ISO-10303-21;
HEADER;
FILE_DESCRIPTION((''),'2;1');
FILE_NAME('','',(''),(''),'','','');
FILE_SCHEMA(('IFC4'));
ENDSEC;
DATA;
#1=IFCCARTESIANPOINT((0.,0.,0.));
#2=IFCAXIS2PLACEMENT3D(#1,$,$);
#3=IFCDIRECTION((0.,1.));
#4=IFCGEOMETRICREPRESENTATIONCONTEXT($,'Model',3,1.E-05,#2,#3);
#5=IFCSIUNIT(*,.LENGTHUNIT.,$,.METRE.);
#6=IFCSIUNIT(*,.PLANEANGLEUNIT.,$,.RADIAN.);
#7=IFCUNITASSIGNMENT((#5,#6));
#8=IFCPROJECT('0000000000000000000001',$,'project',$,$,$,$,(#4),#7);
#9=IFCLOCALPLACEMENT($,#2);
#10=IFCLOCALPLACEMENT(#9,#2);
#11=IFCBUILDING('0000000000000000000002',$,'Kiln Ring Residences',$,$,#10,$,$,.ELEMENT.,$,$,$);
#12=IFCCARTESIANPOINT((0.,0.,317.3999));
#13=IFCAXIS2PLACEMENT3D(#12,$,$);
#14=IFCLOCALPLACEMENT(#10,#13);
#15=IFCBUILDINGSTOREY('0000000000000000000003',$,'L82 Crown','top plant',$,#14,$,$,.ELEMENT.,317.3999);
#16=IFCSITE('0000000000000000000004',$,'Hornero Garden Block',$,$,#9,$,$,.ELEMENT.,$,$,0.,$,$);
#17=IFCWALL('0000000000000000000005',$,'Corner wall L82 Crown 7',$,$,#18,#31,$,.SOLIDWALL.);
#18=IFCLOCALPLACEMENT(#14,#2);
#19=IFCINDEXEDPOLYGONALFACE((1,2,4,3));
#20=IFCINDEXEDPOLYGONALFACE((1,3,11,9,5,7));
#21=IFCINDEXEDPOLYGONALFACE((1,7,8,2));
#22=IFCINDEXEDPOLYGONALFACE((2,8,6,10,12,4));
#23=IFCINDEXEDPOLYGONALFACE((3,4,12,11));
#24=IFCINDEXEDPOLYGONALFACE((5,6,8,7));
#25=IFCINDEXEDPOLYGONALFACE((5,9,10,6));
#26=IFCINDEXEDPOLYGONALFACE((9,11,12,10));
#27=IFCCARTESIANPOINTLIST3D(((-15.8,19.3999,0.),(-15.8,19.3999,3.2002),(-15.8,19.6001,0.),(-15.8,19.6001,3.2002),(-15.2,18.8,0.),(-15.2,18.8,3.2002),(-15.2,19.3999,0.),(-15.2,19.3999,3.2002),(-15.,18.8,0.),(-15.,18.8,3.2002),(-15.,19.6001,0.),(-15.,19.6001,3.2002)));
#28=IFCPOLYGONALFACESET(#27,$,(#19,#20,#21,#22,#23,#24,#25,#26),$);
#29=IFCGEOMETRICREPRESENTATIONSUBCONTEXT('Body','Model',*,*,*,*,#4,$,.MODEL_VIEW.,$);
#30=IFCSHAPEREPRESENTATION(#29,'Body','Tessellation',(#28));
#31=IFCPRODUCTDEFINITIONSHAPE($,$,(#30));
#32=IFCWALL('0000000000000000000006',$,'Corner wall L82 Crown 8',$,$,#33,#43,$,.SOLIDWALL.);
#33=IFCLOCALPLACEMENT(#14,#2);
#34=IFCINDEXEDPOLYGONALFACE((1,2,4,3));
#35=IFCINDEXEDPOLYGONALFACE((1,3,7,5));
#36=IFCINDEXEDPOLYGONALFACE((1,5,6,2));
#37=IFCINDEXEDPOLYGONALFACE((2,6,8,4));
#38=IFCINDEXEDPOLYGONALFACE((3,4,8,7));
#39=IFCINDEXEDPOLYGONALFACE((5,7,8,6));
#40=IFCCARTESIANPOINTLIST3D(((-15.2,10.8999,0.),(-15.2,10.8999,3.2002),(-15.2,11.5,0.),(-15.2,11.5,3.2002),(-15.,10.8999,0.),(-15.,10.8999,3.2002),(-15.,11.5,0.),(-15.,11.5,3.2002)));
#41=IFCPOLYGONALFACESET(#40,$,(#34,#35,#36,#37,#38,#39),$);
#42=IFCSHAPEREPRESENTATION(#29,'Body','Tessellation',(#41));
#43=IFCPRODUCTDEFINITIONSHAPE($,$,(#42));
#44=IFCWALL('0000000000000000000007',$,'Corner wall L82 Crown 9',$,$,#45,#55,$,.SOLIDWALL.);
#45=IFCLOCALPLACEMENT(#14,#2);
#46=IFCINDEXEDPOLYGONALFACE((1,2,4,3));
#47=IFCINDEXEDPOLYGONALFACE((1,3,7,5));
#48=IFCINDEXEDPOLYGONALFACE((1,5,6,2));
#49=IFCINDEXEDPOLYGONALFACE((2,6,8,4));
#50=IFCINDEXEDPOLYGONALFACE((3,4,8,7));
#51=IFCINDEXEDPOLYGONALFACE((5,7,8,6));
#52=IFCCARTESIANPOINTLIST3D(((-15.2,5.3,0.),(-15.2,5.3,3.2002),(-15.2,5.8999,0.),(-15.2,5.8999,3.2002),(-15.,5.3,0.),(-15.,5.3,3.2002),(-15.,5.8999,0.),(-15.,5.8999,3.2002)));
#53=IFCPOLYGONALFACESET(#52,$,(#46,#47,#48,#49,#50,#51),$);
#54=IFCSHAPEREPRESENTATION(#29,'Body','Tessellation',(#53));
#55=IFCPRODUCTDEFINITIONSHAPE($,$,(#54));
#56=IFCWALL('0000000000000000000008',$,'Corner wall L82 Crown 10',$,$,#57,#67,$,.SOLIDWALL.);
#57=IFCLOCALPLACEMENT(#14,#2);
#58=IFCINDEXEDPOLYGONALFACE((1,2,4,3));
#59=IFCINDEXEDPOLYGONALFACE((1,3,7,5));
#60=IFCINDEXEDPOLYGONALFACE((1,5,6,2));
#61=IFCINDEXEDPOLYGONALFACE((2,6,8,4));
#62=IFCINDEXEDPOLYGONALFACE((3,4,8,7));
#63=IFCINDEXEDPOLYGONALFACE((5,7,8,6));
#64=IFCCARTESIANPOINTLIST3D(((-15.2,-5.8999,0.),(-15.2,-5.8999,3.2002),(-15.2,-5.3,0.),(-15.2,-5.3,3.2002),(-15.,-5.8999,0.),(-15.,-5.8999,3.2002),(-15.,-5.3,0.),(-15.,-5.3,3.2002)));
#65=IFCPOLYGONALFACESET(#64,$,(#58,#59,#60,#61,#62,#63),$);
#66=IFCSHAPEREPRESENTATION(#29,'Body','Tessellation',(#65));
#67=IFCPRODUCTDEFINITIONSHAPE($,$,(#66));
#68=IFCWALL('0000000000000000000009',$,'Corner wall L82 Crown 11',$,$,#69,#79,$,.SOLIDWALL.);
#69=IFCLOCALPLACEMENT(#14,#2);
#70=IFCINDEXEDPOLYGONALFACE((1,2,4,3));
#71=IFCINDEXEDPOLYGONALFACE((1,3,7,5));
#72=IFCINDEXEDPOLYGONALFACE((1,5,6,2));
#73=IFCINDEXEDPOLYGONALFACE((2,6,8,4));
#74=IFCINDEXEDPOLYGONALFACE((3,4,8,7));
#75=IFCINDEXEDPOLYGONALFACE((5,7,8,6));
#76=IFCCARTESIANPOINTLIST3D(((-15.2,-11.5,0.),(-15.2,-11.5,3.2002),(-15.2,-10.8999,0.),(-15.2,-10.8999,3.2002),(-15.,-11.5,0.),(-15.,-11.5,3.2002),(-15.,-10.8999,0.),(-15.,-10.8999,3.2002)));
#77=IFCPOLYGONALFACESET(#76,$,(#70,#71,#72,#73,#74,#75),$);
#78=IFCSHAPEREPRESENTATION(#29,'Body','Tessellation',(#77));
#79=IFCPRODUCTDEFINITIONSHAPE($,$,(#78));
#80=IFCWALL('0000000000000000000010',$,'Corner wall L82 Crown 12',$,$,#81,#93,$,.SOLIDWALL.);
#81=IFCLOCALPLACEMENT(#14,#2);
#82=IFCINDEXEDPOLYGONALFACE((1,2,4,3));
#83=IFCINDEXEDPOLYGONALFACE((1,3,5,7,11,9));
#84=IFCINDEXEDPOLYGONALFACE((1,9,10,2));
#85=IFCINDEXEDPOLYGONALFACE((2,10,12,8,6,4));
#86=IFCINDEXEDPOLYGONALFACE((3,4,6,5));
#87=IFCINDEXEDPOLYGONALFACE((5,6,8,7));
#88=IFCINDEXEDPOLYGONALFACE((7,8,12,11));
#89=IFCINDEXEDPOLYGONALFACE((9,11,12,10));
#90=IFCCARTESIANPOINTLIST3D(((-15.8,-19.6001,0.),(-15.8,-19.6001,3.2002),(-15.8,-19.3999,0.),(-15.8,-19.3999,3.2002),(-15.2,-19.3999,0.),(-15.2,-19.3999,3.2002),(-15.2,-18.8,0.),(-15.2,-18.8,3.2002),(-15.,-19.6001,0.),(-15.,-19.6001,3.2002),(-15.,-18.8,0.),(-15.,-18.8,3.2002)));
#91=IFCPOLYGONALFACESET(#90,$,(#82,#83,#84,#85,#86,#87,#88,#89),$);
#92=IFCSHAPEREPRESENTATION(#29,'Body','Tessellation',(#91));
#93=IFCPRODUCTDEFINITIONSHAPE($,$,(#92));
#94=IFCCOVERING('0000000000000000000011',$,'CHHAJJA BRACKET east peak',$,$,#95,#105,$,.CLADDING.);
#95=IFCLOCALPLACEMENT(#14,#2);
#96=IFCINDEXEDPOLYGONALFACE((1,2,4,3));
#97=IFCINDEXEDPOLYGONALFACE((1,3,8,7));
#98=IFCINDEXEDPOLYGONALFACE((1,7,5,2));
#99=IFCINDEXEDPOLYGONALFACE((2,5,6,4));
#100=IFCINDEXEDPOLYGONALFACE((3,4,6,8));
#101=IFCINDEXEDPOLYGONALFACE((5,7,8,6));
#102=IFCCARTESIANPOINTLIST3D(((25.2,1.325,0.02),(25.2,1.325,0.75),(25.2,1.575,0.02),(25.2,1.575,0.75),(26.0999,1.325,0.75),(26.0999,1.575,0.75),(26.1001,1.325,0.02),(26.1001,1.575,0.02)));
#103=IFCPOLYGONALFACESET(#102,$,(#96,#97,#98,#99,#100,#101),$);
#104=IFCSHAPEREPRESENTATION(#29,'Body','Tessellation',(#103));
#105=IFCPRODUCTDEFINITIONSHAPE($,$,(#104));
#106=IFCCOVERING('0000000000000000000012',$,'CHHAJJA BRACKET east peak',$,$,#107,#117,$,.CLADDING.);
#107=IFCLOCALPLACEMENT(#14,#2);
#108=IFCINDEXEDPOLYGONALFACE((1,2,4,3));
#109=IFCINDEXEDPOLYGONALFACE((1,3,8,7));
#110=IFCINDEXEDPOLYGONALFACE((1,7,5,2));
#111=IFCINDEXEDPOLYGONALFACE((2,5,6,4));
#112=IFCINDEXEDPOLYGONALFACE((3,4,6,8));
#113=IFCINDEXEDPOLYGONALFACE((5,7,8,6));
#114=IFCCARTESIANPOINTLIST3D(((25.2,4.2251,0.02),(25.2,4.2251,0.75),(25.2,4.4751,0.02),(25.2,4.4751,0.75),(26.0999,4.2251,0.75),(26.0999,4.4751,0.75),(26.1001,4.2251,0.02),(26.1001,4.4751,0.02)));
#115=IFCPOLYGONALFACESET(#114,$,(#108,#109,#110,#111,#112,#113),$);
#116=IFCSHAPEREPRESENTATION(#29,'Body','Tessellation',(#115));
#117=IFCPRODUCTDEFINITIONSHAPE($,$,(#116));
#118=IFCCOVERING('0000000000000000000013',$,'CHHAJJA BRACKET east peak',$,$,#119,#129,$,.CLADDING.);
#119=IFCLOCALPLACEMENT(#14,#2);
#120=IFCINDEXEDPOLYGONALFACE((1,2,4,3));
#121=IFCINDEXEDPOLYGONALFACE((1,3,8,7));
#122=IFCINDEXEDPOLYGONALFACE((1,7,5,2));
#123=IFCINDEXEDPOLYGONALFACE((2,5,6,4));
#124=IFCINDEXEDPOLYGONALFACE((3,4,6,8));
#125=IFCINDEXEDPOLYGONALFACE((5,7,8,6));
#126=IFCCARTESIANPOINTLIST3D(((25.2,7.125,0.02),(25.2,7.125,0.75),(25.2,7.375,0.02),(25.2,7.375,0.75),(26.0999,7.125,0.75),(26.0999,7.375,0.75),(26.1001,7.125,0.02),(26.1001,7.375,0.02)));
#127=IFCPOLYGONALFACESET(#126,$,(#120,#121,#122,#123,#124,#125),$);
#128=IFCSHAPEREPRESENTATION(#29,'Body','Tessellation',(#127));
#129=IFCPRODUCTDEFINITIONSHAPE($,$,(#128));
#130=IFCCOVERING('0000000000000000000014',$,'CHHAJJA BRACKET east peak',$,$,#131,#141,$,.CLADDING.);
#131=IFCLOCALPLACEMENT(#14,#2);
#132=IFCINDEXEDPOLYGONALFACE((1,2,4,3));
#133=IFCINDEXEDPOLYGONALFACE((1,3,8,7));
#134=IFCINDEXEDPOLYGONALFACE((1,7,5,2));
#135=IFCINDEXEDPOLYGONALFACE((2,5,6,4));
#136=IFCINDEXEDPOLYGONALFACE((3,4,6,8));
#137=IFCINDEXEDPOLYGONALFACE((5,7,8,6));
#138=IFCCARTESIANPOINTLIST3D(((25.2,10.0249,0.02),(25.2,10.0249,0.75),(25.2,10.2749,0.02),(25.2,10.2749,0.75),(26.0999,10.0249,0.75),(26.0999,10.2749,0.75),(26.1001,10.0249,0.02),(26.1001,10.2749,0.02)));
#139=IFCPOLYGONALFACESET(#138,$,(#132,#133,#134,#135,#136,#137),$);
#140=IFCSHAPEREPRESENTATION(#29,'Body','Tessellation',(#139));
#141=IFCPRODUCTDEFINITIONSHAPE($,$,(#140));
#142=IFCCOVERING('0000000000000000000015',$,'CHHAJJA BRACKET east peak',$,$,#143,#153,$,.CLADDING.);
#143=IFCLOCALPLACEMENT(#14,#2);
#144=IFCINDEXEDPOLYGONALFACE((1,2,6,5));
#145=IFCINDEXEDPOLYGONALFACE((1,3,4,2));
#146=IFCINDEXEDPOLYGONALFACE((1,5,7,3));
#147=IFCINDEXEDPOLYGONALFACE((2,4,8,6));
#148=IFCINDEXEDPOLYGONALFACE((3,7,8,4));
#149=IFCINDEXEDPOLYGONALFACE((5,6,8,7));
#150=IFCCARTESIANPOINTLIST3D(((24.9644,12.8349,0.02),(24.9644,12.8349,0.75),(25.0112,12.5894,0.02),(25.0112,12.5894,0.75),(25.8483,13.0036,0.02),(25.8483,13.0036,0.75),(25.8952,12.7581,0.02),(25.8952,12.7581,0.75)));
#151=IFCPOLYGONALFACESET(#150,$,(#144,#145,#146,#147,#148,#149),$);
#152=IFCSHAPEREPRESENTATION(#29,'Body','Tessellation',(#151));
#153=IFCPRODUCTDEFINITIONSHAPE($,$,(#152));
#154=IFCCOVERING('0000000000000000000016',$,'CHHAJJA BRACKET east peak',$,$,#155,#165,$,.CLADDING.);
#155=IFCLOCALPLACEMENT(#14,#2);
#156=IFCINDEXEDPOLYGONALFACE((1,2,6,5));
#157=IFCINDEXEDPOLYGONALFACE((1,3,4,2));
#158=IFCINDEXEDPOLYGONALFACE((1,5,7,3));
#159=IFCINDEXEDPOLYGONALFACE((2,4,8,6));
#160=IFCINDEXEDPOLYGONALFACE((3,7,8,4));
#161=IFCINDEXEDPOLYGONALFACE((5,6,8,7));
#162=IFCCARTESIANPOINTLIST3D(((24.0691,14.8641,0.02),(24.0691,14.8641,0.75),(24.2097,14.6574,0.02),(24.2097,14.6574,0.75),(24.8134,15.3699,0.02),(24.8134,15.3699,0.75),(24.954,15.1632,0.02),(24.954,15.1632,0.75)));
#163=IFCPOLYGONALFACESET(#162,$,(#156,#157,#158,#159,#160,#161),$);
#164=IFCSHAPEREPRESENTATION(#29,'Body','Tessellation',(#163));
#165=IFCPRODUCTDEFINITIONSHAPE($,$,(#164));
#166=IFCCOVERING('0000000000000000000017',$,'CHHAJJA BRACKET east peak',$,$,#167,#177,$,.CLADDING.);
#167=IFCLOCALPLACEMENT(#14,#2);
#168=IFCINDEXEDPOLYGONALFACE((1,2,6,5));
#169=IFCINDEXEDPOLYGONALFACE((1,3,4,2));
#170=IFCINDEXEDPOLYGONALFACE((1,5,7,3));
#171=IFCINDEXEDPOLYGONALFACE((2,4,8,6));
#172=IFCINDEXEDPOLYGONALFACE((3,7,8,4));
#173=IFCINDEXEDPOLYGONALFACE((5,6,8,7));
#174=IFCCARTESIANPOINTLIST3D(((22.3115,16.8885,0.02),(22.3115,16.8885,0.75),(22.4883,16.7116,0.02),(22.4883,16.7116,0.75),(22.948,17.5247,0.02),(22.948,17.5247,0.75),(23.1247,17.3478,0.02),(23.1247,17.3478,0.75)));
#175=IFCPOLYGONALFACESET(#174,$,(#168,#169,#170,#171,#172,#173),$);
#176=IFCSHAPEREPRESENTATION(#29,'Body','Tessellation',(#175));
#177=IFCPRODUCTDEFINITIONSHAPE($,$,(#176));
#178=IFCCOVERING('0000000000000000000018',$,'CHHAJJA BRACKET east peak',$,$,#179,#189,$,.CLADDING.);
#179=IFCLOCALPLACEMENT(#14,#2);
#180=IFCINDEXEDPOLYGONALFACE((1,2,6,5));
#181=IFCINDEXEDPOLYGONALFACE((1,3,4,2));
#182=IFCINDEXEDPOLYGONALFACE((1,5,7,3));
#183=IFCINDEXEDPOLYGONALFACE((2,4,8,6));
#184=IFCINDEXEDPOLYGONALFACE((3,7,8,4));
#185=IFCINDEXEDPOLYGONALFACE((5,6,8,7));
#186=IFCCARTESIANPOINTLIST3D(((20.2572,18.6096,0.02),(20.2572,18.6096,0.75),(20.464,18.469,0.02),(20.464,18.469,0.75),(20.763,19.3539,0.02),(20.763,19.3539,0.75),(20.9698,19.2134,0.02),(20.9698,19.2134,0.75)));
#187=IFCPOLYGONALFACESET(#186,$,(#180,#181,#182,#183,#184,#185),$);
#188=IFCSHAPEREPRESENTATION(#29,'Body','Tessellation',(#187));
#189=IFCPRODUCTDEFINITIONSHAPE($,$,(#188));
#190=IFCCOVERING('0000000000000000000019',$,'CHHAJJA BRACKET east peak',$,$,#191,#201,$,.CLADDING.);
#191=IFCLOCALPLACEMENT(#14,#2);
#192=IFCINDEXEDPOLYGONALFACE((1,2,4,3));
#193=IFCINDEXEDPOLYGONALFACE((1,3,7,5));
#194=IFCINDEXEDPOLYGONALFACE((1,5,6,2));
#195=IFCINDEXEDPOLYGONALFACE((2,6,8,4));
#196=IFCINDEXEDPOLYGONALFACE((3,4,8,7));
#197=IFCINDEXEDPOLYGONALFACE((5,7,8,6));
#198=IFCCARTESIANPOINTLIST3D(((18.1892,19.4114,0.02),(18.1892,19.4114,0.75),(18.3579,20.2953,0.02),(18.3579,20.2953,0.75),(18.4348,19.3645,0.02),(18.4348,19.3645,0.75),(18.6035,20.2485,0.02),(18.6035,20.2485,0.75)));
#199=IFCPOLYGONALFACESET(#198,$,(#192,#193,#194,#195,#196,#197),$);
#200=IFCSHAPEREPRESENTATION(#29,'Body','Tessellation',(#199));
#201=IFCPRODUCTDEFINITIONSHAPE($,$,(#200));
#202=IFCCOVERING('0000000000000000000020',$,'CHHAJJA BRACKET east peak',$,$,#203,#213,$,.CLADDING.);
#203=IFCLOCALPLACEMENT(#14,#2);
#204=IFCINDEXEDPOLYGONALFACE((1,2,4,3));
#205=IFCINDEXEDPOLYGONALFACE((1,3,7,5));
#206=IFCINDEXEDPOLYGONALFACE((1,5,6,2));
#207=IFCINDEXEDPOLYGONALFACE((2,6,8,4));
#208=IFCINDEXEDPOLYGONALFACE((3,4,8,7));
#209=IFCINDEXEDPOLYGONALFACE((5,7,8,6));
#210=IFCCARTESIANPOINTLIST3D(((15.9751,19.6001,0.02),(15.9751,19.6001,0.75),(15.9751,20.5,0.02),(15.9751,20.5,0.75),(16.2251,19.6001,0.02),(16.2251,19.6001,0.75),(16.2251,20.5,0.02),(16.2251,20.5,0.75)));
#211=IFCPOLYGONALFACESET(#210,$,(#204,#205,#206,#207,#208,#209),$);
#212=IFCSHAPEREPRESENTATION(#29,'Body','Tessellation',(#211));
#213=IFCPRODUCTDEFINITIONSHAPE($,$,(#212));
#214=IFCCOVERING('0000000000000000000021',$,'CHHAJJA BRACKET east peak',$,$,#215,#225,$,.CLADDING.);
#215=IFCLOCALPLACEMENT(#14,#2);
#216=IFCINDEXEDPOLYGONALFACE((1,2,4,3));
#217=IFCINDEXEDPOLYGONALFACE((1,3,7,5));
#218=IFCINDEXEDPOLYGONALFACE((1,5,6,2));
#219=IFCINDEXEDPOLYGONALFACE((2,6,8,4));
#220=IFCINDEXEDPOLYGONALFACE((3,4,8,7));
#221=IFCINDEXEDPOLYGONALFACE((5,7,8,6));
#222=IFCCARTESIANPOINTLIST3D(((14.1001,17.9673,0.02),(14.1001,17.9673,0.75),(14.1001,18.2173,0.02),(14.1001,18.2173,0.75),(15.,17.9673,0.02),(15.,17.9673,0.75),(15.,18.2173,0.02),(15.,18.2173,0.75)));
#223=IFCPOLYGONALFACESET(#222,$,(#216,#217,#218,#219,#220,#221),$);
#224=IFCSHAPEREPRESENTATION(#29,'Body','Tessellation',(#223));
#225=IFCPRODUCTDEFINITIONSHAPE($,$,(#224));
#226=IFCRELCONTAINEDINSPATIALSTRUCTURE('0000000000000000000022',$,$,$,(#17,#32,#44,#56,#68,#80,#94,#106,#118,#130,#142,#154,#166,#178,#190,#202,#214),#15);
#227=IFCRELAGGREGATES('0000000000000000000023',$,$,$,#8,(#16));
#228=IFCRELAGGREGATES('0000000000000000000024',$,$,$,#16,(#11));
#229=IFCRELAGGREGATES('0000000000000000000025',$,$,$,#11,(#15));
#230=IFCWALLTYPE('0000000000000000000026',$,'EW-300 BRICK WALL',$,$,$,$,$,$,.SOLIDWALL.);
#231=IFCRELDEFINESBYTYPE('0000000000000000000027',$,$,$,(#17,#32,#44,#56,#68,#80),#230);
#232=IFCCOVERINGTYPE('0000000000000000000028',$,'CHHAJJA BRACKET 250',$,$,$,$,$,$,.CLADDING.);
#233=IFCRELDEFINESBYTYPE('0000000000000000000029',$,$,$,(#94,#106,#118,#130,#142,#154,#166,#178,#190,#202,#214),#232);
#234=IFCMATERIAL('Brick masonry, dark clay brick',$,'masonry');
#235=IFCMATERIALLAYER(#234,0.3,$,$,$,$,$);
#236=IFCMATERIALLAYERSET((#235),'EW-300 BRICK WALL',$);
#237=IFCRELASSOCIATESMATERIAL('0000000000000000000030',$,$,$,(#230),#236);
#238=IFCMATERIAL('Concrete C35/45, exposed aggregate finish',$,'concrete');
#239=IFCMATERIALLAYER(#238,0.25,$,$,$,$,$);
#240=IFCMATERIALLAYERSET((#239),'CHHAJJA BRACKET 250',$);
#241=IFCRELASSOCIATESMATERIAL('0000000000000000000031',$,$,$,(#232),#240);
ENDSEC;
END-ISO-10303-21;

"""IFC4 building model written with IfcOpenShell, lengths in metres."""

from ifc_helpers import new_model, si_unit, direction, frame, origin, place, context, subcontext, project, spatial, polyline, outline, extrude, material, layer, layer_set, type_object, element, save


model = new_model("IFC4")

# Units and contexts
model_context = context("Model", 3, precision=1e-05, world=origin(), true_north=direction((0.0, 1.0)))
body_context = subcontext(model_context, "Body", "Model", "MODEL_VIEW")
ifc_project = project(units=[si_unit("LENGTHUNIT", "METRE"), si_unit("PLANEANGLEUNIT", "RADIAN")], contexts=[model_context])

# Site, building, storey
site_placement = place(None, origin())
site = spatial("IfcSite", under=ifc_project, at=site_placement, Name="Hornero Garden Block", CompositionType="ELEMENT", RefElevation=0.0)
building_placement = place(site_placement, origin())
building = spatial("IfcBuilding", under=site, at=building_placement, Name="Kiln Ring Residences", CompositionType="ELEMENT")
storey_placement = place(building_placement, frame((0.0, 0.0, 317.3999)))
storey = spatial("IfcBuildingStorey", under=building, at=storey_placement, Name="L82 Crown", Description="top plant", CompositionType="ELEMENT", Elevation=317.3999)

# Walls
ifc_material_1 = material(Name="Brick masonry, dark clay brick", Category="masonry")
ifc_layer_1 = layer(ifc_material_1, 0.3)
ifc_layer_set_1 = layer_set([ifc_layer_1], Name="EW-300 BRICK WALL")
wall_type = type_object("IfcWallType", Name="EW-300 BRICK WALL", PredefinedType="SOLIDWALL", material=ifc_layer_set_1)
placement = place(storey_placement, origin())
element("IfcWall", 1, at=placement, inside=storey, type_object=wall_type, Name="Corner wall L82 Crown 7", PredefinedType="SOLIDWALL", context=body_context, shape_type="SweptSolid", body=[
    extrude(outline(polyline([(-15.0, 18.8), (-15.0, 19.6001), (-15.8, 19.6001), (-15.8, 19.3999), (-15.2, 19.3999), (-15.2, 18.8), (-15.0, 18.8)])), origin(), (0.0, 0.0, 1.0), 3.2002),
])
element("IfcWall", 2, at=placement, inside=storey, type_object=wall_type, Name="Corner wall L82 Crown 8", PredefinedType="SOLIDWALL", context=body_context, shape_type="SweptSolid", body=[
    extrude(outline(polyline([(-15.2, 10.8999), (-15.0, 10.8999), (-15.0, 11.5), (-15.2, 11.5), (-15.2, 10.8999)])), origin(), (0.0, 0.0, 1.0), 3.2002),
])
element("IfcWall", 3, at=placement, inside=storey, type_object=wall_type, Name="Corner wall L82 Crown 9", PredefinedType="SOLIDWALL", context=body_context, shape_type="SweptSolid", body=[
    extrude(outline(polyline([(-15.2, 5.3), (-15.0, 5.3), (-15.0, 5.8999), (-15.3, 5.8999), (-15.2, 5.8999), (-15.2, 5.3)])), origin(), (0.0, 0.0, 1.0), 3.2002),
])
element("IfcWall", 4, at=placement, inside=storey, type_object=wall_type, Name="Corner wall L82 Crown 10", PredefinedType="SOLIDWALL", context=body_context, shape_type="SweptSolid", body=[
    extrude(outline(polyline([(-15.3, -5.8999), (-15.0, -5.8999), (-15.0, -5.3), (-15.3, -5.3), (-15.2, -5.3), (-15.2, -5.8999), (-15.3, -5.8999)])), origin(), (0.0, 0.0, 1.0), 3.2002),
])
element("IfcWall", 5, at=placement, inside=storey, type_object=wall_type, Name="Corner wall L82 Crown 11", PredefinedType="SOLIDWALL", context=body_context, shape_type="SweptSolid", body=[
    extrude(outline(polyline([(-15.2, -11.5), (-15.0, -11.5), (-15.0, -10.8999), (-15.2, -10.8999), (-15.2, -11.5)])), origin(), (0.0, 0.0, 1.0), 3.2002),
])
element("IfcWall", 6, at=placement, inside=storey, type_object=wall_type, Name="Corner wall L82 Crown 12", PredefinedType="SOLIDWALL", context=body_context, shape_type="SweptSolid", body=[
    extrude(outline(polyline([(-15.8, -19.6001), (-15.0, -19.6001), (-15.0, -18.8), (-15.2, -18.8), (-15.2, -19.3999), (-15.8, -19.3999), (-15.8, -19.6001)])), origin(), (0.0, 0.0, 1.0), 3.2002),
])

# Coverings
ifc_material_2 = material(Name="Concrete C35/45, exposed aggregate finish", Category="concrete")
ifc_layer_2 = layer(ifc_material_2, 0.25)
ifc_layer_set_2 = layer_set([ifc_layer_2], Name="CHHAJJA BRACKET 250")
covering_type = type_object("IfcCoveringType", Name="CHHAJJA BRACKET 250", PredefinedType="CLADDING", material=ifc_layer_set_2)
for number, where, z_axis, x_axis, name in (
    (7, (25.2, 1.45, 0.02), (0.0, 0.0, 1.0), (1.0, 0.0, 0.0), "CHHAJJA BRACKET east peak"),
    (8, (25.2, 4.3501, 0.02), (0.0, 0.0, 1.0), (1.0, 0.0, 0.0), "CHHAJJA BRACKET east peak"),
    (9, (25.2, 7.25, 0.02), (0.0, 0.0, 1.0), (1.0, 0.0, 0.0), "CHHAJJA BRACKET east peak"),
    (10, (25.2, 10.1499, 0.02), (0.0, 0.0, 1.0), (1.0, 0.0, 0.0), "CHHAJJA BRACKET east peak"),
):
    element("IfcCovering", number, at=place(storey_placement, frame(where, z_axis=z_axis, x_axis=x_axis)), inside=storey, type_object=covering_type, Name=name, PredefinedType="CLADDING", context=body_context, shape_type="SweptSolid", body=[
        extrude(outline(polyline([(0.0, 0.0), (0.9001, 0.0), (0.8999, 0.73), (0.0, 0.73), (0.0, 0.0), (0.0, 0.0)])), frame((0.0, 0.125, 0.0), z_axis=(0.0, -1.0, 0.0), x_axis=(1.0, 0.0, 0.0)), (0.0, 0.0, 1.0), 0.25),
    ])
for number, where, z_axis, x_axis, name in (
    (11, (24.9878, 12.7122, 0.02), (0.0, 0.0, 1.0), (0.982274, 0.187449, 0.0), "CHHAJJA BRACKET east peak"),
    (12, (24.1394, 14.7607, 0.02), (0.0, 0.0, 1.0), (0.827093, 0.562065, 0.0), "CHHAJJA BRACKET east peak"),
    (13, (22.3999, 16.8, 0.02), (0.0, 0.0, 1.0), (0.707242, 0.706971, 0.0), "CHHAJJA BRACKET east peak"),
    (14, (20.3606, 18.5393, 0.02), (0.0, 0.0, 1.0), (0.562065, 0.827093, 0.0), "CHHAJJA BRACKET east peak"),
    (15, (18.312, 19.3879, 0.02), (0.0, 0.0, 1.0), (0.187449, 0.982274, 0.0), "CHHAJJA BRACKET east peak"),
    (16, (16.1001, 19.6001, 0.02), (0.0, 0.0, 1.0), (0.0, 1.0, 0.0), "CHHAJJA BRACKET east peak"),
    (17, (15.0, 18.0923, 0.02), (0.0, 0.0, 1.0), (-1.0, 0.0, 0.0), "CHHAJJA BRACKET east peak"),
):
    element("IfcCovering", number, at=place(storey_placement, frame(where, z_axis=z_axis, x_axis=x_axis)), inside=storey, type_object=covering_type, Name=name, PredefinedType="CLADDING", context=body_context, shape_type="SweptSolid", body=[
        extrude(outline(polyline([(0.0, 0.0), (0.8999, 0.0), (0.8999, 0.73), (0.0, 0.73), (0.0, 0.0), (0.0, 0.0)])), frame((0.0, 0.125, 0.0), z_axis=(0.0, -1.0, 0.0), x_axis=(1.0, 0.0, 0.0)), (0.0, 0.0, 1.0), 0.25),
    ])

save(model, "model.ifc")
